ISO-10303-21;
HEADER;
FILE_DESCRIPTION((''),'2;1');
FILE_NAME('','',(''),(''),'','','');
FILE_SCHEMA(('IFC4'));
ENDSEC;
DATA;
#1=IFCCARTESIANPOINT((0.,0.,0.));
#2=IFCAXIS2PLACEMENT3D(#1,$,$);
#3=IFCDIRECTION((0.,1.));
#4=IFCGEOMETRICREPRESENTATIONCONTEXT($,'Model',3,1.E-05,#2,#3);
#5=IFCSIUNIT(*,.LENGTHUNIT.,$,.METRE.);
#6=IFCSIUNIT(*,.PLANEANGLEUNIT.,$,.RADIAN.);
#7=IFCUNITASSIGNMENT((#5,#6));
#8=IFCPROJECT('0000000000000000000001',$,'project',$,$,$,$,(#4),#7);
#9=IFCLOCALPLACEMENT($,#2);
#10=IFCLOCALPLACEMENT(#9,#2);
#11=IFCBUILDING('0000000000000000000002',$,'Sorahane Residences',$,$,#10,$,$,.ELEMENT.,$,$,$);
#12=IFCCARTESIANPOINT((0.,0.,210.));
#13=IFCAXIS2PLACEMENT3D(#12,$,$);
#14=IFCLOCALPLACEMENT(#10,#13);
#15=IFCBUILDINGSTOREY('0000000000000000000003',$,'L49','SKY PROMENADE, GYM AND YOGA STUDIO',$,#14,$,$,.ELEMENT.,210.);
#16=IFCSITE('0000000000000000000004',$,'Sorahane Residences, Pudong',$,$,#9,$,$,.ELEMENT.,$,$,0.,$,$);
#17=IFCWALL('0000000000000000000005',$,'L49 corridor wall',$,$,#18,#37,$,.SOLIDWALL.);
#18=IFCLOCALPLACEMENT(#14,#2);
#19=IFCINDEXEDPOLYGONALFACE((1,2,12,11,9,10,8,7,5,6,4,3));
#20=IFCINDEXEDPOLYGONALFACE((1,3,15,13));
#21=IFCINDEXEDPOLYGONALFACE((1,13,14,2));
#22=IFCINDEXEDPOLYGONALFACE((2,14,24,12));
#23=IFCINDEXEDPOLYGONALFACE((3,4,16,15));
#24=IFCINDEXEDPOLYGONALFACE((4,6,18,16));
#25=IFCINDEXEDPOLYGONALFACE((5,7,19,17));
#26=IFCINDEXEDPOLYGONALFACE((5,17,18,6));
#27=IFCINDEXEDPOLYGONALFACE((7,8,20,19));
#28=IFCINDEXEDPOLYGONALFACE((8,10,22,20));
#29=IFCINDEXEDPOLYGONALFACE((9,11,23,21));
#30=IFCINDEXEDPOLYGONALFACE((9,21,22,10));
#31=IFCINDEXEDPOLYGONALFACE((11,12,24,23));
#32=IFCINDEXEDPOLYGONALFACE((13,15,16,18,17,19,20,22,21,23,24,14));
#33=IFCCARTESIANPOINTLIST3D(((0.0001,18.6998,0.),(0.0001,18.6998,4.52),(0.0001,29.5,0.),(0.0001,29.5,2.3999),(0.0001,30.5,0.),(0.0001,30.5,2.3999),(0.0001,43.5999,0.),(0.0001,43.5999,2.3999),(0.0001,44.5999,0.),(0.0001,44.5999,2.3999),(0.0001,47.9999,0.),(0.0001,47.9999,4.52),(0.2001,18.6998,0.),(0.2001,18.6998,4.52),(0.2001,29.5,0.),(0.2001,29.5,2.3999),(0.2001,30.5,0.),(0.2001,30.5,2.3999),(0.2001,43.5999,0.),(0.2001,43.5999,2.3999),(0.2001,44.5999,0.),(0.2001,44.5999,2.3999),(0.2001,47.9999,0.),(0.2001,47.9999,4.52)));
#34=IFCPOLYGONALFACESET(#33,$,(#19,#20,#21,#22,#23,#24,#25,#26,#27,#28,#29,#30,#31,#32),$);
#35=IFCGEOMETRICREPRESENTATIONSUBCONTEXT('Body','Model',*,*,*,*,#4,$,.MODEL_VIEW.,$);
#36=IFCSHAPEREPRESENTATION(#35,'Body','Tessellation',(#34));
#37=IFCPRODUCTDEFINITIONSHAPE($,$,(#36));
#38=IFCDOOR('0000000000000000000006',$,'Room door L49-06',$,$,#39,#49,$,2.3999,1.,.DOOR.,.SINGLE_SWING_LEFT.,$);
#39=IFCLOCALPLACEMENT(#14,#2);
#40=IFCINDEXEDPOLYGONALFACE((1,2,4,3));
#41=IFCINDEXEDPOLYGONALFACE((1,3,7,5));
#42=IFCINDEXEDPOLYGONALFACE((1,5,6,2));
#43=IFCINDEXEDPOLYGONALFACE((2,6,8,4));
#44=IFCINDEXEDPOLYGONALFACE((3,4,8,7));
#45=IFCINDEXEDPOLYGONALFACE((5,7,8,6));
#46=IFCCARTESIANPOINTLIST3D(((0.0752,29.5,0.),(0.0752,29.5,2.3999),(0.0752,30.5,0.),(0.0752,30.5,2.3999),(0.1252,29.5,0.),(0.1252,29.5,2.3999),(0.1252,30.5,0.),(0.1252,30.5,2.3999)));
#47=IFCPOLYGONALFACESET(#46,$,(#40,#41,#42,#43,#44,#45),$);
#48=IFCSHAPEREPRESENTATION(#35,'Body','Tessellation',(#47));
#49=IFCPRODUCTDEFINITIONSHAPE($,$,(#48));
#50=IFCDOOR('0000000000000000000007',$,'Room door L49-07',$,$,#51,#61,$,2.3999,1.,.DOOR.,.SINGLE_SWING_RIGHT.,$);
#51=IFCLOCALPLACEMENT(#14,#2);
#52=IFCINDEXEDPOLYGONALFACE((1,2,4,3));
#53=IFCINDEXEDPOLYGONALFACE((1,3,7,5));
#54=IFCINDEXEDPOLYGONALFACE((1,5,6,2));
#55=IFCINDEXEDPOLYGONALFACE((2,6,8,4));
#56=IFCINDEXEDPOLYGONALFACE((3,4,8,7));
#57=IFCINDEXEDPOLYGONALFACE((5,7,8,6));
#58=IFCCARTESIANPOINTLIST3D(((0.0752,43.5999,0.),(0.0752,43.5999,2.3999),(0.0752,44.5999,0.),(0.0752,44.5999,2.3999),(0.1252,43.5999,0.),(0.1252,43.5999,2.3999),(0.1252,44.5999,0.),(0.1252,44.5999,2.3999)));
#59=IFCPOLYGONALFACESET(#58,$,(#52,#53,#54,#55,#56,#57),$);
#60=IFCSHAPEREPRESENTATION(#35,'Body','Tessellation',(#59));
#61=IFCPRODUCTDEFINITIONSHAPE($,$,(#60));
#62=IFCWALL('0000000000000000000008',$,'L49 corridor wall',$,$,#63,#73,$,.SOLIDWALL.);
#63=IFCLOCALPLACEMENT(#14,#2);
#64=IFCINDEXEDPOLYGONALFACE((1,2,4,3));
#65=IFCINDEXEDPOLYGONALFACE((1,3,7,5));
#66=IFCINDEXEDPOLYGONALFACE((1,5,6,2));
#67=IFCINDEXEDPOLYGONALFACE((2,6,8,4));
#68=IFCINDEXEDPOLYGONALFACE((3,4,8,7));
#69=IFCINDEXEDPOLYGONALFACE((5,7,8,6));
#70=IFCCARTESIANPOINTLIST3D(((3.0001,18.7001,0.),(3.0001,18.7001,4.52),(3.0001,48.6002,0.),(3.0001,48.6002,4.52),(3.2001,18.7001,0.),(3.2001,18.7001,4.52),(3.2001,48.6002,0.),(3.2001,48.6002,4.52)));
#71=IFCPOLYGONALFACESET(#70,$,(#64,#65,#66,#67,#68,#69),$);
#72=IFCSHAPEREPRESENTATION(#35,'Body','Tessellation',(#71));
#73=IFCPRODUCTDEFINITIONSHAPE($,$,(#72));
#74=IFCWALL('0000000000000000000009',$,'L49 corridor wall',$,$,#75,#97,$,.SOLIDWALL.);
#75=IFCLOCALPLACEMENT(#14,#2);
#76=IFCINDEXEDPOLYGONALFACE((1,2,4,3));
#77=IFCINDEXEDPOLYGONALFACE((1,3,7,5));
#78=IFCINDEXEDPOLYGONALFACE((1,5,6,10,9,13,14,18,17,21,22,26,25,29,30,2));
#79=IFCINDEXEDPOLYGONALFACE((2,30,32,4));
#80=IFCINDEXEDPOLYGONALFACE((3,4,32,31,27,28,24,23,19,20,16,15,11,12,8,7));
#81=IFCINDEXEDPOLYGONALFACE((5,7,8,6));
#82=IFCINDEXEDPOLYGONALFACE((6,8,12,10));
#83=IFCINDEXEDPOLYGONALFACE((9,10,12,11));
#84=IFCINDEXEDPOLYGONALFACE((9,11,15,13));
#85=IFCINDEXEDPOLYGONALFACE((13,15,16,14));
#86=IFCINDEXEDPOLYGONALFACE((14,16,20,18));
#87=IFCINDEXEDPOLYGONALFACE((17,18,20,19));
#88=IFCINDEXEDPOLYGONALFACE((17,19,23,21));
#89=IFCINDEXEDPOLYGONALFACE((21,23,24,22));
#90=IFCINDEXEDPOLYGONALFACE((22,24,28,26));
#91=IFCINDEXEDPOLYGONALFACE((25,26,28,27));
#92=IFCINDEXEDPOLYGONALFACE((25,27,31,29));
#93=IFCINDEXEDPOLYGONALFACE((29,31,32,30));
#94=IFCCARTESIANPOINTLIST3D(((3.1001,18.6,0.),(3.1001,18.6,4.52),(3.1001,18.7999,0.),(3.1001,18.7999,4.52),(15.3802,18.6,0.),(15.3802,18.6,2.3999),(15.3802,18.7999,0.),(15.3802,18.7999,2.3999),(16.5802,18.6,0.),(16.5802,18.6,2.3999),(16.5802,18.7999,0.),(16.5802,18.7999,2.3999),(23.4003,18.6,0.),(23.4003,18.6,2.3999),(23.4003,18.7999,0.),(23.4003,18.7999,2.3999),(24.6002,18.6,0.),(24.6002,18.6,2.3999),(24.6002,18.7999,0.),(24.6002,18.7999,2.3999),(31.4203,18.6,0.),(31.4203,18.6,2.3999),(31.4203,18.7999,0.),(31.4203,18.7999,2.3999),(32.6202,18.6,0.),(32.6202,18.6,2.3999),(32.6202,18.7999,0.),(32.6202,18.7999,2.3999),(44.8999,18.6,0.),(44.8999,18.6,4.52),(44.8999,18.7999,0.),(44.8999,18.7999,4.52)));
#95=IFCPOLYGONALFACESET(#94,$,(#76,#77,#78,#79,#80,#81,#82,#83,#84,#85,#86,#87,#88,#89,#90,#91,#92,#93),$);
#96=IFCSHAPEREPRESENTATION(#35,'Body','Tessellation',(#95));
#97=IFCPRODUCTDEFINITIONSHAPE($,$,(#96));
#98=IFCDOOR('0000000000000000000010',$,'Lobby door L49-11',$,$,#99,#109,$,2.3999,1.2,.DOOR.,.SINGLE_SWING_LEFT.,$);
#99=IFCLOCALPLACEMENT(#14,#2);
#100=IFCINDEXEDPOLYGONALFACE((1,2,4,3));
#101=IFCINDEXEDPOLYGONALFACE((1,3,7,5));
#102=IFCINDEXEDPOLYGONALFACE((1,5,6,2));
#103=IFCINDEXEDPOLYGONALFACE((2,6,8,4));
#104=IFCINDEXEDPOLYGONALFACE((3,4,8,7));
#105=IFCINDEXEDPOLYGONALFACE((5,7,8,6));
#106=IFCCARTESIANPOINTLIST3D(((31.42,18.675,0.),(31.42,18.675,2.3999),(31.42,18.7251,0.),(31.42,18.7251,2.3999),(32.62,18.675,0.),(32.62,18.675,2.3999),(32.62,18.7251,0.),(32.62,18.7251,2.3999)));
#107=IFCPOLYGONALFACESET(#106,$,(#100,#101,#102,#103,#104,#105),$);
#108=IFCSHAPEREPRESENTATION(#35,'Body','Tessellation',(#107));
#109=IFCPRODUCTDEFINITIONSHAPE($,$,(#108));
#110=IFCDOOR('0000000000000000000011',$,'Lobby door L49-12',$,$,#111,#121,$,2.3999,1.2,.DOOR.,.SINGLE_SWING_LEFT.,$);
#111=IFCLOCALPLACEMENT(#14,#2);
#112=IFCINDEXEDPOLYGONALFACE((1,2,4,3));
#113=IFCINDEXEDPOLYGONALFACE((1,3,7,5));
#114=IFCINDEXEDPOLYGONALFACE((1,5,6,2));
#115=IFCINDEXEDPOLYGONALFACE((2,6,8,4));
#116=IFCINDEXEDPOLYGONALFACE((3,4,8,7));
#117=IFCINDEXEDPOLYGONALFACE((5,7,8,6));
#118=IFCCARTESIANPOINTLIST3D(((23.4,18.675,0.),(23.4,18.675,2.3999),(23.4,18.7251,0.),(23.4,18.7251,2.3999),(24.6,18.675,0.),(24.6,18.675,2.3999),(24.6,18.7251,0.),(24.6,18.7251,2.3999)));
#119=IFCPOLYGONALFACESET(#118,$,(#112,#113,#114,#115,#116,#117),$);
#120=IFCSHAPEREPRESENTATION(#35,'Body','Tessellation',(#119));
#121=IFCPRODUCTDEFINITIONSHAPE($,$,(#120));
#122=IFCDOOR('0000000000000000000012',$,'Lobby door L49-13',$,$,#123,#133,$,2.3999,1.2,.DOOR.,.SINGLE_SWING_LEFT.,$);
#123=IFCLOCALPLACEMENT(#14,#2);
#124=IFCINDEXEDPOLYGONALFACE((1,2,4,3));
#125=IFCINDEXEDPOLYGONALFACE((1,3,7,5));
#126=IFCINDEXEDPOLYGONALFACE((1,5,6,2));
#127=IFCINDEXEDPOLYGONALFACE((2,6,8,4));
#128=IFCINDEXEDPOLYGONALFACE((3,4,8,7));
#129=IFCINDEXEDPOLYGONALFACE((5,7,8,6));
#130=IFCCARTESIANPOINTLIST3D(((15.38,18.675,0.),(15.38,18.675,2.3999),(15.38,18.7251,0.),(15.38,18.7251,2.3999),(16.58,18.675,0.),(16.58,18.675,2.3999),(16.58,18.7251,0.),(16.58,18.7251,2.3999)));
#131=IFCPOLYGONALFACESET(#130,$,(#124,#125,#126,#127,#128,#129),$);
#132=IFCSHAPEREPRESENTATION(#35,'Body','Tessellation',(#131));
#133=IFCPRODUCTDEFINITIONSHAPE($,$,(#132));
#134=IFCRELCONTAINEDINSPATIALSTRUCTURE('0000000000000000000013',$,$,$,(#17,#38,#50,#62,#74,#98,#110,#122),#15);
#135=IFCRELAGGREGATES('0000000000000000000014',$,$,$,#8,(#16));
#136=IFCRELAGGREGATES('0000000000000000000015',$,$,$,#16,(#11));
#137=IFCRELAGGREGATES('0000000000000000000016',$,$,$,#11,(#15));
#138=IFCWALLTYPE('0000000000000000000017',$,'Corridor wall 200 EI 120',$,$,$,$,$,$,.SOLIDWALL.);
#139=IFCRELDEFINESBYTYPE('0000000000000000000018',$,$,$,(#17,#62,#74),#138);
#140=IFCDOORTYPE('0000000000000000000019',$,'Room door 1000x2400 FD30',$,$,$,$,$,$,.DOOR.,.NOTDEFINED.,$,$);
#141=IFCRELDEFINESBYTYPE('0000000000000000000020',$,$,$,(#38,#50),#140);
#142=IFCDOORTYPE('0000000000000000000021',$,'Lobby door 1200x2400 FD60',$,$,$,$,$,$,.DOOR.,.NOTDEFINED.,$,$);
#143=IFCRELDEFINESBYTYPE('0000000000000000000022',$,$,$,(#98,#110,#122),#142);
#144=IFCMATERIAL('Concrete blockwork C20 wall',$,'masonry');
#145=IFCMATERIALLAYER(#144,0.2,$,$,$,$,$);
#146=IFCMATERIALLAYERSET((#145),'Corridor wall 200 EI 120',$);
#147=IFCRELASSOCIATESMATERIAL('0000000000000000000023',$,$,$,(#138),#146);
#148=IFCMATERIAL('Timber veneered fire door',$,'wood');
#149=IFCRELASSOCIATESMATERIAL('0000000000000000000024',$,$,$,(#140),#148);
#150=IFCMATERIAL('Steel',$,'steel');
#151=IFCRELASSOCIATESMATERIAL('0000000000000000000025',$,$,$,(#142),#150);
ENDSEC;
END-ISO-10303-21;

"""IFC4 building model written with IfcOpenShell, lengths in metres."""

from ifc_helpers import new_model, si_unit, direction, frame, frame_2d, origin, place, context, subcontext, project, spatial, rectangle, extrude, material, layer, layer_set, type_object, element, fill, save


model = new_model("IFC4")

# Units and contexts
model_context = context("Model", 3, precision=1e-05, world=origin(), true_north=direction((0.0, 1.0)))
body_context = subcontext(model_context, "Body", "Model", "MODEL_VIEW")
ifc_project = project(units=[si_unit("LENGTHUNIT", "METRE"), si_unit("PLANEANGLEUNIT", "RADIAN")], contexts=[model_context])

# Site, building, storey
site_placement = place(None, origin())
site = spatial("IfcSite", under=ifc_project, at=site_placement, Name="Sorahane Residences, Pudong", CompositionType="ELEMENT", RefElevation=0.0)
building_placement = place(site_placement, origin())
building = spatial("IfcBuilding", under=site, at=building_placement, Name="Sorahane Residences", CompositionType="ELEMENT")
storey_placement = place(building_placement, frame((0.0, 0.0, 210.0)))
storey = spatial("IfcBuildingStorey", under=building, at=storey_placement, Name="L49", Description="SKY PROMENADE, GYM AND YOGA STUDIO", CompositionType="ELEMENT", Elevation=210.0)

# Wall, openings, doors
ifc_material_1 = material(Name="Concrete blockwork C20 wall", Category="masonry")
ifc_layer_1 = layer(ifc_material_1, 0.2)
ifc_layer_set_1 = layer_set([ifc_layer_1], Name="Corridor wall 200 EI 120")
wall_type_1 = type_object("IfcWallType", Name="Corridor wall 200 EI 120", PredefinedType="SOLIDWALL", material=ifc_layer_set_1)
wall_1_placement = place(storey_placement, frame((0.1001, 18.7, 0.0), z_axis=(0.0, 0.0, 1.0), x_axis=(0.0, 1.0, 0.0)))
wall_1 = element("IfcWall", 1, at=wall_1_placement, inside=storey, type_object=wall_type_1, Name="L49 corridor wall", PredefinedType="SOLIDWALL", context=body_context, shape_type="SweptSolid", body=[
    extrude(rectangle(XDim=29.3, YDim=0.2, at=frame_2d((14.6499, 0.0))), origin(), (0.0, 0.0, 1.0), 4.52),
])
opening_1_placement = place(wall_1_placement, frame((10.8, 0.0, 0.0)))
opening_1 = element("IfcOpeningElement", 2, at=opening_1_placement, cuts=wall_1, PredefinedType="OPENING", context=body_context, shape_type="SweptSolid", body=[
    extrude(rectangle(XDim=1.0, YDim=2.3999, at=frame_2d((0.5, 1.2))), frame((0.0, 0.1099, 0.0), z_axis=(0.0, -1.0, 0.0), x_axis=(1.0, 0.0, 0.0)), (0.0, 0.0, 1.0), 0.22),
])
opening_2_placement = place(wall_1_placement, frame((24.8999, 0.0, 0.0)))
opening_2 = element("IfcOpeningElement", 3, at=opening_2_placement, cuts=wall_1, PredefinedType="OPENING", context=body_context, shape_type="SweptSolid", body=[
    extrude(rectangle(XDim=1.0, YDim=2.3999, at=frame_2d((0.5, 1.2))), frame((0.0, 0.1099, 0.0), z_axis=(0.0, -1.0, 0.0), x_axis=(1.0, 0.0, 0.0)), (0.0, 0.0, 1.0), 0.22),
])
ifc_material_2 = material(Name="Timber veneered fire door", Category="wood")
door_type_1 = type_object("IfcDoorType", Name="Room door 1000x2400 FD30", OperationType="NOTDEFINED", PredefinedType="DOOR", material=ifc_material_2)
door_1_placement = place(opening_1_placement, origin())
door_1 = element("IfcDoor", 4, at=door_1_placement, inside=storey, type_object=door_type_1, Name="Room door L49-06", OperationType="SINGLE_SWING_LEFT", OverallHeight=2.3999, OverallWidth=1.0, PredefinedType="DOOR", context=body_context, shape_type="SweptSolid", body=[
    extrude(rectangle(XDim=1.0, YDim=2.3999, at=frame_2d((0.5, 1.2))), frame((0.0, 0.0249, 0.0), z_axis=(0.0, -1.0, 0.0), x_axis=(1.0, 0.0, 0.0)), (0.0, 0.0, 1.0), 0.05),
])
fill(opening_1, door_1)
door_2_placement = place(opening_2_placement, origin())
door_2 = element("IfcDoor", 5, at=door_2_placement, inside=storey, type_object=door_type_1, Name="Room door L49-07", OperationType="SINGLE_SWING_RIGHT", OverallHeight=2.3999, OverallWidth=1.0, PredefinedType="DOOR", context=body_context, shape_type="SweptSolid", body=[
    extrude(rectangle(XDim=1.0, YDim=2.3999, at=frame_2d((0.5, 1.2))), frame((0.0, 0.0249, 0.0), z_axis=(0.0, -1.0, 0.0), x_axis=(1.0, 0.0, 0.0)), (0.0, 0.0, 1.0), 0.05),
])
fill(opening_2, door_2)

# Wall
wall_2_placement = place(storey_placement, frame((3.1001, 18.7, 0.0), z_axis=(0.0, 0.0, 1.0), x_axis=(0.0, 1.0, 0.0)))
element("IfcWall", 6, at=wall_2_placement, inside=storey, type_object=wall_type_1, Name="L49 corridor wall", PredefinedType="SOLIDWALL", context=body_context, shape_type="SweptSolid", body=[
    extrude(rectangle(XDim=29.9001, YDim=0.2, at=frame_2d((14.9502, 0.0))), origin(), (0.0, 0.0, 1.0), 4.52),
])

# Wall, openings, doors
wall_3_placement = place(storey_placement, frame((3.1001, 18.7, 0.0), z_axis=(0.0, 0.0, 1.0), x_axis=(1.0, 0.0, 0.0)))
wall_3 = element("IfcWall", 7, at=wall_3_placement, inside=storey, type_object=wall_type_1, Name="L49 corridor wall", PredefinedType="SOLIDWALL", context=body_context, shape_type="SweptSolid", body=[
    extrude(rectangle(XDim=41.7998, YDim=0.2, at=frame_2d((20.8999, 0.0))), origin(), (0.0, 0.0, 1.0), 4.52),
])
opening_3_placement = place(wall_3_placement, frame((28.3201, 0.0, 0.0)))
opening_3 = element("IfcOpeningElement", 8, at=opening_3_placement, cuts=wall_3, PredefinedType="OPENING", context=body_context, shape_type="SweptSolid", body=[
    extrude(rectangle(XDim=1.2, YDim=2.3999, at=frame_2d((0.6001, 1.2))), frame((0.0, 0.1099, 0.0), z_axis=(0.0, -1.0, 0.0), x_axis=(1.0, 0.0, 0.0)), (0.0, 0.0, 1.0), 0.22),
])
opening_4_placement = place(wall_3_placement, frame((20.3, 0.0, 0.0)))
opening_4 = element("IfcOpeningElement", 9, at=opening_4_placement, cuts=wall_3, PredefinedType="OPENING", context=body_context, shape_type="SweptSolid", body=[
    extrude(rectangle(XDim=1.2, YDim=2.3999, at=frame_2d((0.6001, 1.2))), frame((0.0, 0.1099, 0.0), z_axis=(0.0, -1.0, 0.0), x_axis=(1.0, 0.0, 0.0)), (0.0, 0.0, 1.0), 0.22),
])
opening_5_placement = place(wall_3_placement, frame((12.28, 0.0, 0.0)))
opening_5 = element("IfcOpeningElement", 10, at=opening_5_placement, cuts=wall_3, PredefinedType="OPENING", context=body_context, shape_type="SweptSolid", body=[
    extrude(rectangle(XDim=1.2, YDim=2.3999, at=frame_2d((0.6001, 1.2))), frame((0.0, 0.1099, 0.0), z_axis=(0.0, -1.0, 0.0), x_axis=(1.0, 0.0, 0.0)), (0.0, 0.0, 1.0), 0.22),
])
ifc_material_3 = material(Name="Steel", Category="steel")
door_type_2 = type_object("IfcDoorType", Name="Lobby door 1200x2400 FD60", OperationType="NOTDEFINED", PredefinedType="DOOR", material=ifc_material_3)
door_3_placement = place(opening_3_placement, frame((1.2, 0.0, 0.0), z_axis=(0.0, 0.0, 1.0), x_axis=(-1.0, 0.0, 0.0)))
door_3 = element("IfcDoor", 11, at=door_3_placement, inside=storey, type_object=door_type_2, Name="Lobby door L49-11", OperationType="SINGLE_SWING_LEFT", OverallHeight=2.3999, OverallWidth=1.2, PredefinedType="DOOR", context=body_context, shape_type="SweptSolid", body=[
    extrude(rectangle(XDim=1.2, YDim=2.3999, at=frame_2d((0.6001, 1.2))), frame((0.0, 0.0249, 0.0), z_axis=(0.0, -1.0, 0.0), x_axis=(1.0, 0.0, 0.0)), (0.0, 0.0, 1.0), 0.05),
])
fill(opening_3, door_3)
door_4_placement = place(opening_4_placement, frame((1.2, 0.0, 0.0), z_axis=(0.0, 0.0, 1.0), x_axis=(-1.0, 0.0, 0.0)))
door_4 = element("IfcDoor", 12, at=door_4_placement, inside=storey, type_object=door_type_2, Name="Lobby door L49-12", OperationType="SINGLE_SWING_LEFT", OverallHeight=2.3999, OverallWidth=1.2, PredefinedType="DOOR", context=body_context, shape_type="SweptSolid", body=[
    extrude(rectangle(XDim=1.2, YDim=2.3999, at=frame_2d((0.6001, 1.2))), frame((0.0, 0.0249, 0.0), z_axis=(0.0, -1.0, 0.0), x_axis=(1.0, 0.0, 0.0)), (0.0, 0.0, 1.0), 0.05),
])
fill(opening_4, door_4)
door_5_placement = place(opening_5_placement, frame((1.2, 0.0, 0.0), z_axis=(0.0, 0.0, 1.0), x_axis=(-1.0, 0.0, 0.0)))
door_5 = element("IfcDoor", 13, at=door_5_placement, inside=storey, type_object=door_type_2, Name="Lobby door L49-13", OperationType="SINGLE_SWING_LEFT", OverallHeight=2.3999, OverallWidth=1.2, PredefinedType="DOOR", context=body_context, shape_type="SweptSolid", body=[
    extrude(rectangle(XDim=1.2, YDim=2.3999, at=frame_2d((0.6001, 1.2))), frame((0.0, 0.0249, 0.0), z_axis=(0.0, -1.0, 0.0), x_axis=(1.0, 0.0, 0.0)), (0.0, 0.0, 1.0), 0.05),
])
fill(opening_5, door_5)

save(model, "model.ifc")
